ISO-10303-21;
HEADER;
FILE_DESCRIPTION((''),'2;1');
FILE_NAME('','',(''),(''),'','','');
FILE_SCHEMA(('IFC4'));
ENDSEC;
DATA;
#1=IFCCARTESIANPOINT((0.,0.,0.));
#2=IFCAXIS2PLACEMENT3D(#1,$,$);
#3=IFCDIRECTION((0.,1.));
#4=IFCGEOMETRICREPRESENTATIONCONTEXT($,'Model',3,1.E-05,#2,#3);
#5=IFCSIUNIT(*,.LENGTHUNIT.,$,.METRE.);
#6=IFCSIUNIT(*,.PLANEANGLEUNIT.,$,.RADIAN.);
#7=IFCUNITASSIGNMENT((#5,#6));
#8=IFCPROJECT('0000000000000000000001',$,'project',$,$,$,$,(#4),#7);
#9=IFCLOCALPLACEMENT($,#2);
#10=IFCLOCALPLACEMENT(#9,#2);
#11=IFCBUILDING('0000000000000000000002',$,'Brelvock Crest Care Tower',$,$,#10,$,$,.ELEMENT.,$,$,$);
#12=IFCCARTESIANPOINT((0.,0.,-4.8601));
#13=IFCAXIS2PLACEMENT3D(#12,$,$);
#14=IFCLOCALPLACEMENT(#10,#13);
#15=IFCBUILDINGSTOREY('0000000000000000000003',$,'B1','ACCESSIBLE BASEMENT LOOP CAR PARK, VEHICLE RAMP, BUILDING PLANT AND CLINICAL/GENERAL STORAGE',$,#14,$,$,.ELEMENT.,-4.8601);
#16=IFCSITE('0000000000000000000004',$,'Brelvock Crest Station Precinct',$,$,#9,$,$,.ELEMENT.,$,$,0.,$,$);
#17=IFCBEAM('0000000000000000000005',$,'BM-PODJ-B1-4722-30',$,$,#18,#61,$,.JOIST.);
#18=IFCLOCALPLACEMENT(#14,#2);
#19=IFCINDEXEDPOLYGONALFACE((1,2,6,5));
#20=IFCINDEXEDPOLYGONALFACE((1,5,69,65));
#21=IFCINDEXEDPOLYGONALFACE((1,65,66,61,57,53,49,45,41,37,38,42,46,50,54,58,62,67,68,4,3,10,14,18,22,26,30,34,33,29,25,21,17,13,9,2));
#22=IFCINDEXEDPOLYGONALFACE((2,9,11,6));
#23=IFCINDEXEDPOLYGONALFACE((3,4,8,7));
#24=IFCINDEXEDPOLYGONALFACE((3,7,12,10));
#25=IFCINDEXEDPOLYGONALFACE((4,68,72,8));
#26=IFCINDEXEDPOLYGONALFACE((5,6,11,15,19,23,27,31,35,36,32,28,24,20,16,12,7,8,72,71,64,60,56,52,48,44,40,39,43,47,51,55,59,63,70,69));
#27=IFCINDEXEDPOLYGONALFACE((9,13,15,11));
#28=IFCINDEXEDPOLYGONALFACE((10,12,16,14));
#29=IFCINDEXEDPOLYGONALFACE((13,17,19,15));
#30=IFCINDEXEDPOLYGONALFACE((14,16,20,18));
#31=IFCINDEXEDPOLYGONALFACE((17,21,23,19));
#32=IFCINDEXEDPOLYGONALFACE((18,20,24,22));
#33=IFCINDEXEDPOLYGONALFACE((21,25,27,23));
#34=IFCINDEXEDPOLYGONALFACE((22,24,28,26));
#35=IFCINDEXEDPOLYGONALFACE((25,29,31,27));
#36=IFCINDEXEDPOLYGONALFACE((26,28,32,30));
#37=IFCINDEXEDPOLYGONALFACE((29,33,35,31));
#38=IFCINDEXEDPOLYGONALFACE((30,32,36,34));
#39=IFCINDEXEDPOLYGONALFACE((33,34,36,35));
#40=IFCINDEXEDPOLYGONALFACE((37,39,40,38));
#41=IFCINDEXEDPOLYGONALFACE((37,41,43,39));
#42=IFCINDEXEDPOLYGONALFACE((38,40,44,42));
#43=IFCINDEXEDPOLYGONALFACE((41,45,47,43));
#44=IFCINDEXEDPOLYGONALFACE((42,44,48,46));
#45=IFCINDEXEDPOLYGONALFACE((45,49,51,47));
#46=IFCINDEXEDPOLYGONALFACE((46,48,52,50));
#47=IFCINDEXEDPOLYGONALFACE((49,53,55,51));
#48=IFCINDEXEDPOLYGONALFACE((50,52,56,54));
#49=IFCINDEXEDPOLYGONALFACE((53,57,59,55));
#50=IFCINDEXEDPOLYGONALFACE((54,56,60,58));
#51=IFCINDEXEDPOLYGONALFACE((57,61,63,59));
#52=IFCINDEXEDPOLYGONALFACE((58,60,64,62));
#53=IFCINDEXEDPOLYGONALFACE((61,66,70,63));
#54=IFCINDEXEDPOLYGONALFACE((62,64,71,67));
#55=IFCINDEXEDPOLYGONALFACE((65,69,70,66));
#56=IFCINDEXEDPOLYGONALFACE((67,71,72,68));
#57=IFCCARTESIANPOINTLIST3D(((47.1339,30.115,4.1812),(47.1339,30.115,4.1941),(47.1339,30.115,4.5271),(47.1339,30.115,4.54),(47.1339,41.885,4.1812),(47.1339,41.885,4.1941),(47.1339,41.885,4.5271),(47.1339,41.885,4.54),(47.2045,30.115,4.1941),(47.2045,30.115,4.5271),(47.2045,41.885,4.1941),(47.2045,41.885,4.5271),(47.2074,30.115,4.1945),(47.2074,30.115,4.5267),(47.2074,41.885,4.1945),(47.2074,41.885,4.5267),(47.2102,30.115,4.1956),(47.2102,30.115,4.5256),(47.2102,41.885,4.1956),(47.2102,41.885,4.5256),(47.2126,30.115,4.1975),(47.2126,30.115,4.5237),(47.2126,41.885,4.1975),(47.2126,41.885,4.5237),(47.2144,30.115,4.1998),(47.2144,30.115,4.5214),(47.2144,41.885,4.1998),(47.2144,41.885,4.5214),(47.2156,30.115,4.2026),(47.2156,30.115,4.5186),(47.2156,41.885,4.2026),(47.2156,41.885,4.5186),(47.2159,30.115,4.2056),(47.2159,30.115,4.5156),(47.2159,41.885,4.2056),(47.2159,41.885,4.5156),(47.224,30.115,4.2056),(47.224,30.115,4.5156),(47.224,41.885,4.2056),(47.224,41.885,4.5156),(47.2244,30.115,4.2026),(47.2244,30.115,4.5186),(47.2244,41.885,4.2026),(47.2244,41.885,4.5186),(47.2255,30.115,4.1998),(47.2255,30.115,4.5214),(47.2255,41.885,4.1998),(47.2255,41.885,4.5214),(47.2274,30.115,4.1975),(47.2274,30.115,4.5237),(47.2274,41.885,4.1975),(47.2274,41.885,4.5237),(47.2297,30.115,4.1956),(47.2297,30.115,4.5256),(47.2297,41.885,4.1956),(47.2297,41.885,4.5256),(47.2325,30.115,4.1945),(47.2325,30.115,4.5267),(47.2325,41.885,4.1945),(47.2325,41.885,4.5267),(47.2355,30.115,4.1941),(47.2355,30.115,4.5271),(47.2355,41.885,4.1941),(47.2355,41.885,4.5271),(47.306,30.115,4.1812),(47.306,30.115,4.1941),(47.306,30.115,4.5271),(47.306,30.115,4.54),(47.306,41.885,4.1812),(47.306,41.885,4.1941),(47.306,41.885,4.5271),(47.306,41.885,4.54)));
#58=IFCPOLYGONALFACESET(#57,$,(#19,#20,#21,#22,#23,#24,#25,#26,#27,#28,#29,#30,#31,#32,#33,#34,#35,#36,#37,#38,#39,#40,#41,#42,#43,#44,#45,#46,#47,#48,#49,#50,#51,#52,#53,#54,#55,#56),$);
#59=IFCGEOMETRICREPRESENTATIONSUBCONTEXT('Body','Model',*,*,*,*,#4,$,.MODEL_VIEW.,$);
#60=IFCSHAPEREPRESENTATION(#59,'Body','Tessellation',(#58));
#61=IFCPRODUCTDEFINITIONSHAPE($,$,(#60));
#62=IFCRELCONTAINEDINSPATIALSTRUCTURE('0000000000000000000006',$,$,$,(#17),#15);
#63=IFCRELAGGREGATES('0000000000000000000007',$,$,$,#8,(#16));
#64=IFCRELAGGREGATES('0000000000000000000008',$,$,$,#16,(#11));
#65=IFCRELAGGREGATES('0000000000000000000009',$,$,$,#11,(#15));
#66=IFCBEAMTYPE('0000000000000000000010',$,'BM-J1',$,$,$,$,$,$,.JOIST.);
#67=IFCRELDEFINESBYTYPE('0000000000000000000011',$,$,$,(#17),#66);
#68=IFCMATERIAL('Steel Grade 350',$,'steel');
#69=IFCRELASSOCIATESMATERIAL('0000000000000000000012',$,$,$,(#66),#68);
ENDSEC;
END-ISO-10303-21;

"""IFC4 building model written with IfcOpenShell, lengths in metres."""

from ifc_helpers import new_model, si_unit, direction, frame, origin, origin_2d, place, context, subcontext, project, spatial, i_section, extrude, source, transform, mapped, material, material_profile, profile_set, type_object, element, save


model = new_model("IFC4")

# Units and contexts
model_context = context("Model", 3, precision=1e-05, world=origin(), true_north=direction((0.0, 1.0)))
body_context = subcontext(model_context, "Body", "Model", "MODEL_VIEW")
ifc_project = project(units=[si_unit("LENGTHUNIT", "METRE"), si_unit("PLANEANGLEUNIT", "RADIAN")], contexts=[model_context])

# Site, building, storey
site_placement = place(None, origin())
site = spatial("IfcSite", under=ifc_project, at=site_placement, Name="Brelvock Crest Station Precinct", CompositionType="ELEMENT", RefElevation=0.0)
building_placement = place(site_placement, origin())
building = spatial("IfcBuilding", under=site, at=building_placement, Name="Brelvock Crest Care Tower", CompositionType="ELEMENT")
storey_placement = place(building_placement, frame((0.0, 0.0, -4.8601)))
storey = spatial("IfcBuildingStorey", under=building, at=storey_placement, Name="B1", Description="ACCESSIBLE BASEMENT LOOP CAR PARK, VEHICLE RAMP, BUILDING PLANT AND CLINICAL/GENERAL STORAGE", CompositionType="ELEMENT", Elevation=-4.8601)

# Shared definitions
ifc_material_1 = material(Name="Steel Grade 350", Category="steel")

# Beam
ifc_material_profile_1 = material_profile(ifc_material_1, i_section(OverallWidth=0.1721, OverallDepth=0.3589, WebThickness=0.0081, FlangeThickness=0.0129, FilletRadius=0.0115, at=origin_2d()), Name="360UB56.7")
ifc_profile_set_1 = profile_set([ifc_material_profile_1], Name="Steel Grade 350")
beam_type_1 = type_object("IfcBeamType", Name="BM-J1", PredefinedType="JOIST", material=ifc_profile_set_1)
shared_shape_1 = source(origin(), body_context, "Body", "SweptSolid", [
    extrude(i_section(OverallWidth=0.1721, OverallDepth=0.3589, WebThickness=0.0081, FlangeThickness=0.0129, FilletRadius=0.0115, at=origin_2d()), origin(), (0.0, 0.0, 1.0), 11.77),
])
for number, where, z_axis, x_axis, name in (
    (1, (47.22, 30.115, 4.3606), (0.0, 1.0, 0.0), (-1.0, 0.0, 0.0), "BM-PODJ-B1-4722-30"),
):
    element("IfcBeam", number, at=place(storey_placement, frame(where, z_axis=z_axis, x_axis=x_axis)), inside=storey, type_object=beam_type_1, Name=name, PredefinedType="JOIST", context=body_context, shape_type="MappedRepresentation", body=[
        mapped(shared_shape_1, transform((0.0, 0.0, 0.0), x_axis=(1.0, 0.0, 0.0), y_axis=(0.0, 1.0, 0.0), z_axis=(0.0, 0.0, 1.0), scale=1.0)),
    ])

save(model, "model.ifc")
